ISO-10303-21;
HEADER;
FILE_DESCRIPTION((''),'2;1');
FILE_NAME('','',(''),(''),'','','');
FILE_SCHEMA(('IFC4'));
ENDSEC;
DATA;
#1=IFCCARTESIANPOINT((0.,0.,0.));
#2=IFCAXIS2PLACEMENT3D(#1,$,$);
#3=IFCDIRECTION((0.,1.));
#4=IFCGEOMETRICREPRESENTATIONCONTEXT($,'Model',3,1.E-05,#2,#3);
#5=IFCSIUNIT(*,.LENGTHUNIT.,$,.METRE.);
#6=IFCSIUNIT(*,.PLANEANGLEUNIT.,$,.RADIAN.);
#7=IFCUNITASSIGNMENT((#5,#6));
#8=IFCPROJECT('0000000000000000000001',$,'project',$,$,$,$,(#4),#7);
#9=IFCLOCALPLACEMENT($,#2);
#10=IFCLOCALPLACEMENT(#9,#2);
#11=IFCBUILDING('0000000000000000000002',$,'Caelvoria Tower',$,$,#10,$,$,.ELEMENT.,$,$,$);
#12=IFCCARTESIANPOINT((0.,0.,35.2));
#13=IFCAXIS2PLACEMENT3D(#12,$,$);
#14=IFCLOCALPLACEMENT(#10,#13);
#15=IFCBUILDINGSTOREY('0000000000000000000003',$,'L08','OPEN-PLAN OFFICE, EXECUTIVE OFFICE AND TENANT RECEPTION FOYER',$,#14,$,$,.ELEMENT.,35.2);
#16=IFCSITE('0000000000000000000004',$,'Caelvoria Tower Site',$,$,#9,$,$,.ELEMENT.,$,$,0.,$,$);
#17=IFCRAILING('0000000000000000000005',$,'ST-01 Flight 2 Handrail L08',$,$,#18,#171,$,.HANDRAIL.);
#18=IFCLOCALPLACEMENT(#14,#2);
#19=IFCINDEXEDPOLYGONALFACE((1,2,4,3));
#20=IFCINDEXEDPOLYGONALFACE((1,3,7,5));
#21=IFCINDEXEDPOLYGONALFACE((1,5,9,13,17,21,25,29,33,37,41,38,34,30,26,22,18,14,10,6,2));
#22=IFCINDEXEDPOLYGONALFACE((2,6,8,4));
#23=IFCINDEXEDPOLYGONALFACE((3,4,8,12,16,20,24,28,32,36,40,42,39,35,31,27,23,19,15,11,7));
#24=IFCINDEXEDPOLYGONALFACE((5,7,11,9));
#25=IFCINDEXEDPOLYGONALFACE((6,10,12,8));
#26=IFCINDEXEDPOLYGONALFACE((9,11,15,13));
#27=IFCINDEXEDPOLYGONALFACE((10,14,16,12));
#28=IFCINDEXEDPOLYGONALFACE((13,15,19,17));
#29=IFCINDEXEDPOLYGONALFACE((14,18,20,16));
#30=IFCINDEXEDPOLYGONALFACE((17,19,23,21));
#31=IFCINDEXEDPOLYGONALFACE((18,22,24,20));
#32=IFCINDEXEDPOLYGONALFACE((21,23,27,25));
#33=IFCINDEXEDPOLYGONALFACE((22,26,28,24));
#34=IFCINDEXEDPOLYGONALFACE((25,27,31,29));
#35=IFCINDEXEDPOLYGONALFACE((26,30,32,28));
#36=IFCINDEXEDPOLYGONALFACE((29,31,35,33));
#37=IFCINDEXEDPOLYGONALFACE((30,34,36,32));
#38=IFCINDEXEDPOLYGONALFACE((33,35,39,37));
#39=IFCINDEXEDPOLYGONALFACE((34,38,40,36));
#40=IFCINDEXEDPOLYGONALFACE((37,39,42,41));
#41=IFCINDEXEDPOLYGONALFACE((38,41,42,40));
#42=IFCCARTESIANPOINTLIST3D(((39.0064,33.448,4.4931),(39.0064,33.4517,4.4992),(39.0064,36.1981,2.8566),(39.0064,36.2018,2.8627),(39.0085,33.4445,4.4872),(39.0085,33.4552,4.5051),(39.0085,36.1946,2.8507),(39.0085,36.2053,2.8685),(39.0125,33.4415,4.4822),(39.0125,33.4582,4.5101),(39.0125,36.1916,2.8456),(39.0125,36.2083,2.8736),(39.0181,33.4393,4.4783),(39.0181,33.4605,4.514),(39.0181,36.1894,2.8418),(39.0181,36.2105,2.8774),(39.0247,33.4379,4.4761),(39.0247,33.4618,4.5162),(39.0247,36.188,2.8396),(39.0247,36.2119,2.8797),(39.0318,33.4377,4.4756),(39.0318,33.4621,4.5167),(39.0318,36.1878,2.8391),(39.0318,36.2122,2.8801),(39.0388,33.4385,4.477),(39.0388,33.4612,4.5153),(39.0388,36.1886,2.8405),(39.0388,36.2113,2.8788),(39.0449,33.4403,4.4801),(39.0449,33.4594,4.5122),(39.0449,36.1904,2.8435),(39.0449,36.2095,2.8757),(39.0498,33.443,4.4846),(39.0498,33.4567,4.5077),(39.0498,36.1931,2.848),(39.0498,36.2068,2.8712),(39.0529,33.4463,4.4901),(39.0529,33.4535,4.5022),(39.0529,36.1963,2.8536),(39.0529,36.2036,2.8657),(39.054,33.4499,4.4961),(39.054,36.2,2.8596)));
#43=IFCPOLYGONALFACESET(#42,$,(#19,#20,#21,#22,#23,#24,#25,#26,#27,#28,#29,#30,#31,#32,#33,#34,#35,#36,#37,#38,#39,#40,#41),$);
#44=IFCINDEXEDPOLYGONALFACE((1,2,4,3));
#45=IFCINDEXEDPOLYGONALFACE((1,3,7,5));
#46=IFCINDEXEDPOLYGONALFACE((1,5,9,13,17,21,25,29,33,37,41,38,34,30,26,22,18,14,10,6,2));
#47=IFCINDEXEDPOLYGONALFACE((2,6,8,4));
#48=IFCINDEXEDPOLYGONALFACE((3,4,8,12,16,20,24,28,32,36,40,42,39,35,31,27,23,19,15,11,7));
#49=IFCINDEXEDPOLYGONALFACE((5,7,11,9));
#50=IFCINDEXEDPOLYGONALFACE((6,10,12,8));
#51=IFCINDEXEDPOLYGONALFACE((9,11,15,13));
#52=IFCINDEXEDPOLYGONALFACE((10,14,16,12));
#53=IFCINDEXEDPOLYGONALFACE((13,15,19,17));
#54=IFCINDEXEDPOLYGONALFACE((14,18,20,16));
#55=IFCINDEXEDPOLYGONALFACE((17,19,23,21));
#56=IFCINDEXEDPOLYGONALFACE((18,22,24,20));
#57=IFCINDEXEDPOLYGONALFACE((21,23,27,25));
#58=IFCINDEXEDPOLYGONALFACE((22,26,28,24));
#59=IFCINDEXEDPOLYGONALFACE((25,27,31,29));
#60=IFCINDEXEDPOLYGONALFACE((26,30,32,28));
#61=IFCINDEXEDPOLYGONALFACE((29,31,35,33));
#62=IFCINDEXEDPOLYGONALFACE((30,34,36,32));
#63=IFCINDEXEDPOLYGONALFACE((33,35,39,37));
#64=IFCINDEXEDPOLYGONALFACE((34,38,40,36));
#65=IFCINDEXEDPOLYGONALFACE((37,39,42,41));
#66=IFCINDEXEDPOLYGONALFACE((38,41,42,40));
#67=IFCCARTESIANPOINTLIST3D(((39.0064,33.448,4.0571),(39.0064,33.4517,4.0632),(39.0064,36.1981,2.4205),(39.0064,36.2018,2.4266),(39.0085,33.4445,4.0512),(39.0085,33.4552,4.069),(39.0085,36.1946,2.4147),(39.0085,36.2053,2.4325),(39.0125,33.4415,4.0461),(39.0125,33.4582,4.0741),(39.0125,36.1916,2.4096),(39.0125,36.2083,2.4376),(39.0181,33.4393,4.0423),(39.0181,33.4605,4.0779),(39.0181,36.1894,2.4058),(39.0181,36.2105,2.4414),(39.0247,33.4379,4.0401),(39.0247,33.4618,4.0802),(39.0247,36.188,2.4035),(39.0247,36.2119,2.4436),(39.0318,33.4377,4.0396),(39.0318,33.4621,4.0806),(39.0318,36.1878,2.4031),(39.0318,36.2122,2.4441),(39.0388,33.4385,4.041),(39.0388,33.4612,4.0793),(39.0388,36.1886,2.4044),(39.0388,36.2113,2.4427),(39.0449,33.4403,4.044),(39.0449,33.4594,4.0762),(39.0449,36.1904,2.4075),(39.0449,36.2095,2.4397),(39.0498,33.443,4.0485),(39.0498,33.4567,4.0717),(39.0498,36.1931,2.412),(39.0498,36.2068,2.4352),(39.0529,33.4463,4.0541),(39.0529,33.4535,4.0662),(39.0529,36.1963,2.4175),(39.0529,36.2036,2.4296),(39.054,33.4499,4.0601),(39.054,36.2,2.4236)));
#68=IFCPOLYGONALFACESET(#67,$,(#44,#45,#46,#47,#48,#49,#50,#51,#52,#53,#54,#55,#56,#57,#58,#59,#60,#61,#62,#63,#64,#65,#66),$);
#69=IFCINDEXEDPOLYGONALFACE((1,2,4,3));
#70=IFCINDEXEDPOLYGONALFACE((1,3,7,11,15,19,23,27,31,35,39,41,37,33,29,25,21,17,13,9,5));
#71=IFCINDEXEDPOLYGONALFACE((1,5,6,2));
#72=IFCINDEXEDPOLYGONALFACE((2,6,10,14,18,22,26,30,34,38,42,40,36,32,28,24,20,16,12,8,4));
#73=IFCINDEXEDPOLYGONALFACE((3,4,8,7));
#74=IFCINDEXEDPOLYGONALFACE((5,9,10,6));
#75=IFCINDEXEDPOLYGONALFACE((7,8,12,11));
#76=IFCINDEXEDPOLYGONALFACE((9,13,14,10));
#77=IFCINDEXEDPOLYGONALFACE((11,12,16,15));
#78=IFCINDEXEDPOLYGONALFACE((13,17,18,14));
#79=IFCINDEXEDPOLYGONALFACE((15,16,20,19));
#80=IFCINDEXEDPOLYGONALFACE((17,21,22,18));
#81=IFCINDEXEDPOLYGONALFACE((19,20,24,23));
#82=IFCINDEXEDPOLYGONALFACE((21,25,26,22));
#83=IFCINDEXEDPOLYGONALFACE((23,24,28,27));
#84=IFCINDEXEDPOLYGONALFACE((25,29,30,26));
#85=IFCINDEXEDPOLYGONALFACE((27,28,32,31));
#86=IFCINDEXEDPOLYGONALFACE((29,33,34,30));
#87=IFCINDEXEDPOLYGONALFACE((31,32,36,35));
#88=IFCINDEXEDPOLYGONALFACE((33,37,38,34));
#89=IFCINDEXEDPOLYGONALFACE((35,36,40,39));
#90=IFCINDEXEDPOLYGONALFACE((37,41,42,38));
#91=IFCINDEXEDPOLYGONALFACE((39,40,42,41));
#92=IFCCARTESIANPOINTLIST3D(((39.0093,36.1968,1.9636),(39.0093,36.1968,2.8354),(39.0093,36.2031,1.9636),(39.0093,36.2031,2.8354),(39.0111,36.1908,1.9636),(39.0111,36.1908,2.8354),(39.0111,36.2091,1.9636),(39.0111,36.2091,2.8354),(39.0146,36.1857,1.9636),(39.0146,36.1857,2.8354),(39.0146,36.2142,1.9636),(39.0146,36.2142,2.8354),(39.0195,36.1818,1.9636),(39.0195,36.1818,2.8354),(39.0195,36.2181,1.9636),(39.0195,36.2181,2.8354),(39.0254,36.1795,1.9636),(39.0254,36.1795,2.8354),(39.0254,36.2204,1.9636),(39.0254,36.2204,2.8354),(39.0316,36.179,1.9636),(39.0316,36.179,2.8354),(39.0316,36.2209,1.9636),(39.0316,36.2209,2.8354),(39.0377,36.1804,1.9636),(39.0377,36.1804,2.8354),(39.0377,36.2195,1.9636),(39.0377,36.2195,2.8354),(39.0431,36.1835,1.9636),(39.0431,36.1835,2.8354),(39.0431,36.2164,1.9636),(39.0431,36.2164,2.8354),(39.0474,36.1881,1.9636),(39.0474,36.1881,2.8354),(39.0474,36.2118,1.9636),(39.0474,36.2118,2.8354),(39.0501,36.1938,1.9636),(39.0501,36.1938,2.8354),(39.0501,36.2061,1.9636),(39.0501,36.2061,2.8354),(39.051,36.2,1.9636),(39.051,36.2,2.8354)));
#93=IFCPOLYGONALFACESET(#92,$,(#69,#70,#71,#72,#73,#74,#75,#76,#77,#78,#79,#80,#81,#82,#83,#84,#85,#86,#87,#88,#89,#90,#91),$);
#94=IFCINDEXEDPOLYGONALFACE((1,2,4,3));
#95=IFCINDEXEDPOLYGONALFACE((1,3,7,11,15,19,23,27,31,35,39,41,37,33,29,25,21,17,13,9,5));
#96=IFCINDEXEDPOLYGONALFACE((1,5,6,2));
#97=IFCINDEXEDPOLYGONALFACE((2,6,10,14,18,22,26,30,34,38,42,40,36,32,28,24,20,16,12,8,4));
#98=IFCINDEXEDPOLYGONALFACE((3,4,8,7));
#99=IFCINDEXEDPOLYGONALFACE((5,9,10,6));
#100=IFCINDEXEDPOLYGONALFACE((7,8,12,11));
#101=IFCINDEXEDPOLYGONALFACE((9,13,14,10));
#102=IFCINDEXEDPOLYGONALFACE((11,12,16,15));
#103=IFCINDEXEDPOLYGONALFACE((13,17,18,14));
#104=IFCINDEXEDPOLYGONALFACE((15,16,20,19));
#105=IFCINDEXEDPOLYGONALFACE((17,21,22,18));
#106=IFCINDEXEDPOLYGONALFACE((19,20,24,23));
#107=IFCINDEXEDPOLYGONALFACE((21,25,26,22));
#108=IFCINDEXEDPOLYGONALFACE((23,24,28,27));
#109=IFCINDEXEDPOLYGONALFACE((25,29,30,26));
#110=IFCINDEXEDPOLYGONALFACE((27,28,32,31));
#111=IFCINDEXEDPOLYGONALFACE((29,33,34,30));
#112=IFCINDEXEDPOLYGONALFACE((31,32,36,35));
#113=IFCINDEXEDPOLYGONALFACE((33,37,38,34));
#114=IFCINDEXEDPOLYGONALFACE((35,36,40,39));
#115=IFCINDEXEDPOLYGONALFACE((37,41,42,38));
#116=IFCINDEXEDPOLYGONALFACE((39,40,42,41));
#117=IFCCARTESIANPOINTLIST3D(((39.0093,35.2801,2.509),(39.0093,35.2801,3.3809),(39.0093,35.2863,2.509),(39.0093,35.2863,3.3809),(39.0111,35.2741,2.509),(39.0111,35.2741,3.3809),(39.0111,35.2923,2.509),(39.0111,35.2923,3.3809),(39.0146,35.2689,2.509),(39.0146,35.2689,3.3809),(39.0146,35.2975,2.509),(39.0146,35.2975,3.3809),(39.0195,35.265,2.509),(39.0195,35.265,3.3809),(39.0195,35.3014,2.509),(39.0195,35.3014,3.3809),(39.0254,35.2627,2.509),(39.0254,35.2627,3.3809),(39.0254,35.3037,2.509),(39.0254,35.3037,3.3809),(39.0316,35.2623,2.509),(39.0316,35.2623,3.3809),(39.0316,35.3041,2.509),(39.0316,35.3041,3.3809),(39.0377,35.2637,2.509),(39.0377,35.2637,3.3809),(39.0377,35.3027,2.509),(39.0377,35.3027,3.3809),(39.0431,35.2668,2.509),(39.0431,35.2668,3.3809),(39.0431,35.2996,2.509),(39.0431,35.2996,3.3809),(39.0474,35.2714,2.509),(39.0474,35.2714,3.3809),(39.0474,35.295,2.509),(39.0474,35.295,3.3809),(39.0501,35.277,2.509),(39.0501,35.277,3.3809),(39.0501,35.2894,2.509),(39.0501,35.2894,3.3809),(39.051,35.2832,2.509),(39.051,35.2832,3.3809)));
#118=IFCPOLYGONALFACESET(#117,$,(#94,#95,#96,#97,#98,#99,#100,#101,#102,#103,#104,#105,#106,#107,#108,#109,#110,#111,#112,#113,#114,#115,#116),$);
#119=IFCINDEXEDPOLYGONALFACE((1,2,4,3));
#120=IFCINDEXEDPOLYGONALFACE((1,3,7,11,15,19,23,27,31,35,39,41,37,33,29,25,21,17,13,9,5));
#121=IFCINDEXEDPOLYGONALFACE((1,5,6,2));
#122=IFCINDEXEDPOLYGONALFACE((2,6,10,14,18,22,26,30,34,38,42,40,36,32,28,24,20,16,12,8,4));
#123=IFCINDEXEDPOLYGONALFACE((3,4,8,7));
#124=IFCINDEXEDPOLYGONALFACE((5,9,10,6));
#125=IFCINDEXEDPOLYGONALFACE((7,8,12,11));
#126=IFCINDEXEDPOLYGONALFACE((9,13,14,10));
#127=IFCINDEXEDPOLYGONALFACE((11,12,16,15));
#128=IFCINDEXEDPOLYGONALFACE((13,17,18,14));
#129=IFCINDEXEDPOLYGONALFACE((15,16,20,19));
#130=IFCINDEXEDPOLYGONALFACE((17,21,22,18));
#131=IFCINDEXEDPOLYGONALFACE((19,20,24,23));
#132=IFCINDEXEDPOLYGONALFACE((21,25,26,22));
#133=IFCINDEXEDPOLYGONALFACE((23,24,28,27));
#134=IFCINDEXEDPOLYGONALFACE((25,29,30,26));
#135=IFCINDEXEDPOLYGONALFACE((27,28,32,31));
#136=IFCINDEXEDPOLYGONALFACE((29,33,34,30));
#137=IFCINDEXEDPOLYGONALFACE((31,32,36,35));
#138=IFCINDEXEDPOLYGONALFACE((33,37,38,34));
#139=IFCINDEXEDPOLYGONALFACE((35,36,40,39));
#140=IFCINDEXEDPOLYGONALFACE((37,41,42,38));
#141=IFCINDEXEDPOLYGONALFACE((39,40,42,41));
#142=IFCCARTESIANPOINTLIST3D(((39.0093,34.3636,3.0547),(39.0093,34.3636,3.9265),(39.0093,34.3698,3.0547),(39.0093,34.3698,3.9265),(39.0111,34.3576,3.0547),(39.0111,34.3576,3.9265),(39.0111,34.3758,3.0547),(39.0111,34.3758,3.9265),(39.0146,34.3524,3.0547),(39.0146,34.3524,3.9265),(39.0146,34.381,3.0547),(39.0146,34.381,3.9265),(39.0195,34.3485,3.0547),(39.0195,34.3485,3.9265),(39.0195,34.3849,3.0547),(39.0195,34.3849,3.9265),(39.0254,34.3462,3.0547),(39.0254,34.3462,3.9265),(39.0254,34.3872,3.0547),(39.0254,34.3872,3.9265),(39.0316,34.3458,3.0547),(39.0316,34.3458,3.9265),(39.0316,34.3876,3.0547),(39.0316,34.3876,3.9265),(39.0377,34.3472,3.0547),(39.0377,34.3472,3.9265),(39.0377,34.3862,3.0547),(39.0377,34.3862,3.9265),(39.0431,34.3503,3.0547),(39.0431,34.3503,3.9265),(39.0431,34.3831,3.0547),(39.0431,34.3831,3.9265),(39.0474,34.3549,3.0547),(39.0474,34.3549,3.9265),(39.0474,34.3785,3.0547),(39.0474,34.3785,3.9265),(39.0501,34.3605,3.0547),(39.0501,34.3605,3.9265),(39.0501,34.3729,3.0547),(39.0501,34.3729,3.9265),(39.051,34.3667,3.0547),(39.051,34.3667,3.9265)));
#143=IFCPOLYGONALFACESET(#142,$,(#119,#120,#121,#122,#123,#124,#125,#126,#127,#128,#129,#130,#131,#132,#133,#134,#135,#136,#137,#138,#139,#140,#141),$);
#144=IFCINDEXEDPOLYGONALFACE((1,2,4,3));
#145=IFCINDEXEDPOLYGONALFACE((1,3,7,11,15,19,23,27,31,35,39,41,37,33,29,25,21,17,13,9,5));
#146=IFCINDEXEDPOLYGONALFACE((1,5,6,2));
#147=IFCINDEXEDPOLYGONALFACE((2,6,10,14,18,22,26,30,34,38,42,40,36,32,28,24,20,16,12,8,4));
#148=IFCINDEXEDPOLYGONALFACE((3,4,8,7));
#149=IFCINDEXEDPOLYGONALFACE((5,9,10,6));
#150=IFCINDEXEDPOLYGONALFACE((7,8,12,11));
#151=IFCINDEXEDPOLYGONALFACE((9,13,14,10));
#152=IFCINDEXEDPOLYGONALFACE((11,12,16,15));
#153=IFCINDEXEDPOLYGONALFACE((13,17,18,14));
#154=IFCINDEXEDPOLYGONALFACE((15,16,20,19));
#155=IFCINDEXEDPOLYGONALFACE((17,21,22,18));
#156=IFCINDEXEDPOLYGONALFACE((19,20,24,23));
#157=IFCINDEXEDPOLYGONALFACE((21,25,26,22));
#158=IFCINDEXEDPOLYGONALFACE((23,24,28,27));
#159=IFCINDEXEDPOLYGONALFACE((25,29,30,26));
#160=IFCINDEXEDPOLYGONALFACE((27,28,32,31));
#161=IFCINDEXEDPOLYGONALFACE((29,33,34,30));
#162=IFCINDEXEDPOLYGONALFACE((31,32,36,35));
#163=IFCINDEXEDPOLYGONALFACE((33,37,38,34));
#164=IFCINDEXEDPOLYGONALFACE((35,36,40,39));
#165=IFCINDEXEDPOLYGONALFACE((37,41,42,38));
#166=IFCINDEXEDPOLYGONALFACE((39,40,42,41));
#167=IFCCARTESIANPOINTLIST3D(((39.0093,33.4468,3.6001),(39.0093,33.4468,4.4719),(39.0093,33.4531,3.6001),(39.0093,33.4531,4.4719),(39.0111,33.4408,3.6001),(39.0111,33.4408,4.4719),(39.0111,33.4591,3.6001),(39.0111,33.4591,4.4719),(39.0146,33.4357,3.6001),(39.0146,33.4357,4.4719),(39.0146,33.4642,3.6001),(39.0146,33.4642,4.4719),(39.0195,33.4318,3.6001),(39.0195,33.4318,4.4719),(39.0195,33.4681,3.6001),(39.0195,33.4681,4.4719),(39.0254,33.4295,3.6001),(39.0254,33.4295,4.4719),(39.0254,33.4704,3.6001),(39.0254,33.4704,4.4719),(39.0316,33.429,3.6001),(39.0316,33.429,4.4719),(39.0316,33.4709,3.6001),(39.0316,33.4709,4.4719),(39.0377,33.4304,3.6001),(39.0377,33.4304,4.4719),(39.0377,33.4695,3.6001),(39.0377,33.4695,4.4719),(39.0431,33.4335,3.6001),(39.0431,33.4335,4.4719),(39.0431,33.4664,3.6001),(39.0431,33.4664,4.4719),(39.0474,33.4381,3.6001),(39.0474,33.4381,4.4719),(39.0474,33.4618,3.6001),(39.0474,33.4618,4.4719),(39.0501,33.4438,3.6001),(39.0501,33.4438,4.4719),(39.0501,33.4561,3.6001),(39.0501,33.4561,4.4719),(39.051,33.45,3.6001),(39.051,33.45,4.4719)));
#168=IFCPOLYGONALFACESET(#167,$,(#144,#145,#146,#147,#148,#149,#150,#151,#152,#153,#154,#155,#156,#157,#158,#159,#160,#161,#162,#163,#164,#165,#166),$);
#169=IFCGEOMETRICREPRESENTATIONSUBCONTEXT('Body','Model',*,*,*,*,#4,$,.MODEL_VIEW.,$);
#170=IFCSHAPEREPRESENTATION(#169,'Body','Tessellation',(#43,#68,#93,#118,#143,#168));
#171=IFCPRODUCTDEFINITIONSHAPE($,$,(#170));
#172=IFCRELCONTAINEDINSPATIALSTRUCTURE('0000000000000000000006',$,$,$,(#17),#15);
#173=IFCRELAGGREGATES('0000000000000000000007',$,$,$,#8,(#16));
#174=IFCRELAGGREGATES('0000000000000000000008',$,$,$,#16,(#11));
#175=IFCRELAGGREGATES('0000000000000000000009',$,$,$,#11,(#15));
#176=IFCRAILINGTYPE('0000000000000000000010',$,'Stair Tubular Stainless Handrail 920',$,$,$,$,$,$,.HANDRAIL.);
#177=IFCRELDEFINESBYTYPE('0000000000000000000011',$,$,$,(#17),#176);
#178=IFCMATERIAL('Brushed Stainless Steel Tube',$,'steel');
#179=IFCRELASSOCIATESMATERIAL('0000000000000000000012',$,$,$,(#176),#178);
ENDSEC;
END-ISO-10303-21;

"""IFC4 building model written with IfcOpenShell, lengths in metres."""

from ifc_helpers import new_model, si_unit, direction, frame, origin, origin_2d, place, context, subcontext, project, spatial, circle, extrude, material, type_object, element, save


model = new_model("IFC4")

# Units and contexts
model_context = context("Model", 3, precision=1e-05, world=origin(), true_north=direction((0.0, 1.0)))
body_context = subcontext(model_context, "Body", "Model", "MODEL_VIEW")
ifc_project = project(units=[si_unit("LENGTHUNIT", "METRE"), si_unit("PLANEANGLEUNIT", "RADIAN")], contexts=[model_context])

# Site, building, storey
site_placement = place(None, origin())
site = spatial("IfcSite", under=ifc_project, at=site_placement, Name="Caelvoria Tower Site", CompositionType="ELEMENT", RefElevation=0.0)
building_placement = place(site_placement, origin())
building = spatial("IfcBuilding", under=site, at=building_placement, Name="Caelvoria Tower", CompositionType="ELEMENT")
storey_placement = place(building_placement, frame((0.0, 0.0, 35.2)))
storey = spatial("IfcBuildingStorey", under=building, at=storey_placement, Name="L08", Description="OPEN-PLAN OFFICE, EXECUTIVE OFFICE AND TENANT RECEPTION FOYER", CompositionType="ELEMENT", Elevation=35.2)

# Railing
ifc_material_1 = material(Name="Brushed Stainless Steel Tube", Category="steel")
railing_type_1 = type_object("IfcRailingType", Name="Stair Tubular Stainless Handrail 920", PredefinedType="HANDRAIL", material=ifc_material_1)
railing_1_placement = place(storey_placement, frame((39.03, 36.2, 1.9636)))
element("IfcRailing", 1, at=railing_1_placement, inside=storey, type_object=railing_type_1, Name="ST-01 Flight 2 Handrail L08", PredefinedType="HANDRAIL", context=body_context, shape_type="SweptSolid", body=[
    extrude(circle(Radius=0.0239, at=origin_2d()), frame((0.0, 0.0, 0.896), z_axis=(0.0, -0.859352, 0.511385), x_axis=(1.0, 0.0, 0.0)), (0.0, 0.0, 1.0), 3.2002),
    extrude(circle(Radius=0.0239, at=origin_2d()), frame((0.0, 0.0, 0.46), z_axis=(0.0, -0.859352, 0.511385), x_axis=(1.0, 0.0, 0.0)), (0.0, 0.0, 1.0), 3.2002),
    extrude(circle(Radius=0.021, at=origin_2d()), origin(), (0.0, 0.0, 1.0), 0.8718),
    extrude(circle(Radius=0.021, at=origin_2d()), frame((0.0, -0.9167, 0.5454)), (0.0, 0.0, 1.0), 0.8718),
    extrude(circle(Radius=0.021, at=origin_2d()), frame((0.0, -1.8333, 1.0911)), (0.0, 0.0, 1.0), 0.8718),
    extrude(circle(Radius=0.021, at=origin_2d()), frame((0.0, -2.75, 1.6365)), (0.0, 0.0, 1.0), 0.8718),
])

save(model, "model.ifc")
